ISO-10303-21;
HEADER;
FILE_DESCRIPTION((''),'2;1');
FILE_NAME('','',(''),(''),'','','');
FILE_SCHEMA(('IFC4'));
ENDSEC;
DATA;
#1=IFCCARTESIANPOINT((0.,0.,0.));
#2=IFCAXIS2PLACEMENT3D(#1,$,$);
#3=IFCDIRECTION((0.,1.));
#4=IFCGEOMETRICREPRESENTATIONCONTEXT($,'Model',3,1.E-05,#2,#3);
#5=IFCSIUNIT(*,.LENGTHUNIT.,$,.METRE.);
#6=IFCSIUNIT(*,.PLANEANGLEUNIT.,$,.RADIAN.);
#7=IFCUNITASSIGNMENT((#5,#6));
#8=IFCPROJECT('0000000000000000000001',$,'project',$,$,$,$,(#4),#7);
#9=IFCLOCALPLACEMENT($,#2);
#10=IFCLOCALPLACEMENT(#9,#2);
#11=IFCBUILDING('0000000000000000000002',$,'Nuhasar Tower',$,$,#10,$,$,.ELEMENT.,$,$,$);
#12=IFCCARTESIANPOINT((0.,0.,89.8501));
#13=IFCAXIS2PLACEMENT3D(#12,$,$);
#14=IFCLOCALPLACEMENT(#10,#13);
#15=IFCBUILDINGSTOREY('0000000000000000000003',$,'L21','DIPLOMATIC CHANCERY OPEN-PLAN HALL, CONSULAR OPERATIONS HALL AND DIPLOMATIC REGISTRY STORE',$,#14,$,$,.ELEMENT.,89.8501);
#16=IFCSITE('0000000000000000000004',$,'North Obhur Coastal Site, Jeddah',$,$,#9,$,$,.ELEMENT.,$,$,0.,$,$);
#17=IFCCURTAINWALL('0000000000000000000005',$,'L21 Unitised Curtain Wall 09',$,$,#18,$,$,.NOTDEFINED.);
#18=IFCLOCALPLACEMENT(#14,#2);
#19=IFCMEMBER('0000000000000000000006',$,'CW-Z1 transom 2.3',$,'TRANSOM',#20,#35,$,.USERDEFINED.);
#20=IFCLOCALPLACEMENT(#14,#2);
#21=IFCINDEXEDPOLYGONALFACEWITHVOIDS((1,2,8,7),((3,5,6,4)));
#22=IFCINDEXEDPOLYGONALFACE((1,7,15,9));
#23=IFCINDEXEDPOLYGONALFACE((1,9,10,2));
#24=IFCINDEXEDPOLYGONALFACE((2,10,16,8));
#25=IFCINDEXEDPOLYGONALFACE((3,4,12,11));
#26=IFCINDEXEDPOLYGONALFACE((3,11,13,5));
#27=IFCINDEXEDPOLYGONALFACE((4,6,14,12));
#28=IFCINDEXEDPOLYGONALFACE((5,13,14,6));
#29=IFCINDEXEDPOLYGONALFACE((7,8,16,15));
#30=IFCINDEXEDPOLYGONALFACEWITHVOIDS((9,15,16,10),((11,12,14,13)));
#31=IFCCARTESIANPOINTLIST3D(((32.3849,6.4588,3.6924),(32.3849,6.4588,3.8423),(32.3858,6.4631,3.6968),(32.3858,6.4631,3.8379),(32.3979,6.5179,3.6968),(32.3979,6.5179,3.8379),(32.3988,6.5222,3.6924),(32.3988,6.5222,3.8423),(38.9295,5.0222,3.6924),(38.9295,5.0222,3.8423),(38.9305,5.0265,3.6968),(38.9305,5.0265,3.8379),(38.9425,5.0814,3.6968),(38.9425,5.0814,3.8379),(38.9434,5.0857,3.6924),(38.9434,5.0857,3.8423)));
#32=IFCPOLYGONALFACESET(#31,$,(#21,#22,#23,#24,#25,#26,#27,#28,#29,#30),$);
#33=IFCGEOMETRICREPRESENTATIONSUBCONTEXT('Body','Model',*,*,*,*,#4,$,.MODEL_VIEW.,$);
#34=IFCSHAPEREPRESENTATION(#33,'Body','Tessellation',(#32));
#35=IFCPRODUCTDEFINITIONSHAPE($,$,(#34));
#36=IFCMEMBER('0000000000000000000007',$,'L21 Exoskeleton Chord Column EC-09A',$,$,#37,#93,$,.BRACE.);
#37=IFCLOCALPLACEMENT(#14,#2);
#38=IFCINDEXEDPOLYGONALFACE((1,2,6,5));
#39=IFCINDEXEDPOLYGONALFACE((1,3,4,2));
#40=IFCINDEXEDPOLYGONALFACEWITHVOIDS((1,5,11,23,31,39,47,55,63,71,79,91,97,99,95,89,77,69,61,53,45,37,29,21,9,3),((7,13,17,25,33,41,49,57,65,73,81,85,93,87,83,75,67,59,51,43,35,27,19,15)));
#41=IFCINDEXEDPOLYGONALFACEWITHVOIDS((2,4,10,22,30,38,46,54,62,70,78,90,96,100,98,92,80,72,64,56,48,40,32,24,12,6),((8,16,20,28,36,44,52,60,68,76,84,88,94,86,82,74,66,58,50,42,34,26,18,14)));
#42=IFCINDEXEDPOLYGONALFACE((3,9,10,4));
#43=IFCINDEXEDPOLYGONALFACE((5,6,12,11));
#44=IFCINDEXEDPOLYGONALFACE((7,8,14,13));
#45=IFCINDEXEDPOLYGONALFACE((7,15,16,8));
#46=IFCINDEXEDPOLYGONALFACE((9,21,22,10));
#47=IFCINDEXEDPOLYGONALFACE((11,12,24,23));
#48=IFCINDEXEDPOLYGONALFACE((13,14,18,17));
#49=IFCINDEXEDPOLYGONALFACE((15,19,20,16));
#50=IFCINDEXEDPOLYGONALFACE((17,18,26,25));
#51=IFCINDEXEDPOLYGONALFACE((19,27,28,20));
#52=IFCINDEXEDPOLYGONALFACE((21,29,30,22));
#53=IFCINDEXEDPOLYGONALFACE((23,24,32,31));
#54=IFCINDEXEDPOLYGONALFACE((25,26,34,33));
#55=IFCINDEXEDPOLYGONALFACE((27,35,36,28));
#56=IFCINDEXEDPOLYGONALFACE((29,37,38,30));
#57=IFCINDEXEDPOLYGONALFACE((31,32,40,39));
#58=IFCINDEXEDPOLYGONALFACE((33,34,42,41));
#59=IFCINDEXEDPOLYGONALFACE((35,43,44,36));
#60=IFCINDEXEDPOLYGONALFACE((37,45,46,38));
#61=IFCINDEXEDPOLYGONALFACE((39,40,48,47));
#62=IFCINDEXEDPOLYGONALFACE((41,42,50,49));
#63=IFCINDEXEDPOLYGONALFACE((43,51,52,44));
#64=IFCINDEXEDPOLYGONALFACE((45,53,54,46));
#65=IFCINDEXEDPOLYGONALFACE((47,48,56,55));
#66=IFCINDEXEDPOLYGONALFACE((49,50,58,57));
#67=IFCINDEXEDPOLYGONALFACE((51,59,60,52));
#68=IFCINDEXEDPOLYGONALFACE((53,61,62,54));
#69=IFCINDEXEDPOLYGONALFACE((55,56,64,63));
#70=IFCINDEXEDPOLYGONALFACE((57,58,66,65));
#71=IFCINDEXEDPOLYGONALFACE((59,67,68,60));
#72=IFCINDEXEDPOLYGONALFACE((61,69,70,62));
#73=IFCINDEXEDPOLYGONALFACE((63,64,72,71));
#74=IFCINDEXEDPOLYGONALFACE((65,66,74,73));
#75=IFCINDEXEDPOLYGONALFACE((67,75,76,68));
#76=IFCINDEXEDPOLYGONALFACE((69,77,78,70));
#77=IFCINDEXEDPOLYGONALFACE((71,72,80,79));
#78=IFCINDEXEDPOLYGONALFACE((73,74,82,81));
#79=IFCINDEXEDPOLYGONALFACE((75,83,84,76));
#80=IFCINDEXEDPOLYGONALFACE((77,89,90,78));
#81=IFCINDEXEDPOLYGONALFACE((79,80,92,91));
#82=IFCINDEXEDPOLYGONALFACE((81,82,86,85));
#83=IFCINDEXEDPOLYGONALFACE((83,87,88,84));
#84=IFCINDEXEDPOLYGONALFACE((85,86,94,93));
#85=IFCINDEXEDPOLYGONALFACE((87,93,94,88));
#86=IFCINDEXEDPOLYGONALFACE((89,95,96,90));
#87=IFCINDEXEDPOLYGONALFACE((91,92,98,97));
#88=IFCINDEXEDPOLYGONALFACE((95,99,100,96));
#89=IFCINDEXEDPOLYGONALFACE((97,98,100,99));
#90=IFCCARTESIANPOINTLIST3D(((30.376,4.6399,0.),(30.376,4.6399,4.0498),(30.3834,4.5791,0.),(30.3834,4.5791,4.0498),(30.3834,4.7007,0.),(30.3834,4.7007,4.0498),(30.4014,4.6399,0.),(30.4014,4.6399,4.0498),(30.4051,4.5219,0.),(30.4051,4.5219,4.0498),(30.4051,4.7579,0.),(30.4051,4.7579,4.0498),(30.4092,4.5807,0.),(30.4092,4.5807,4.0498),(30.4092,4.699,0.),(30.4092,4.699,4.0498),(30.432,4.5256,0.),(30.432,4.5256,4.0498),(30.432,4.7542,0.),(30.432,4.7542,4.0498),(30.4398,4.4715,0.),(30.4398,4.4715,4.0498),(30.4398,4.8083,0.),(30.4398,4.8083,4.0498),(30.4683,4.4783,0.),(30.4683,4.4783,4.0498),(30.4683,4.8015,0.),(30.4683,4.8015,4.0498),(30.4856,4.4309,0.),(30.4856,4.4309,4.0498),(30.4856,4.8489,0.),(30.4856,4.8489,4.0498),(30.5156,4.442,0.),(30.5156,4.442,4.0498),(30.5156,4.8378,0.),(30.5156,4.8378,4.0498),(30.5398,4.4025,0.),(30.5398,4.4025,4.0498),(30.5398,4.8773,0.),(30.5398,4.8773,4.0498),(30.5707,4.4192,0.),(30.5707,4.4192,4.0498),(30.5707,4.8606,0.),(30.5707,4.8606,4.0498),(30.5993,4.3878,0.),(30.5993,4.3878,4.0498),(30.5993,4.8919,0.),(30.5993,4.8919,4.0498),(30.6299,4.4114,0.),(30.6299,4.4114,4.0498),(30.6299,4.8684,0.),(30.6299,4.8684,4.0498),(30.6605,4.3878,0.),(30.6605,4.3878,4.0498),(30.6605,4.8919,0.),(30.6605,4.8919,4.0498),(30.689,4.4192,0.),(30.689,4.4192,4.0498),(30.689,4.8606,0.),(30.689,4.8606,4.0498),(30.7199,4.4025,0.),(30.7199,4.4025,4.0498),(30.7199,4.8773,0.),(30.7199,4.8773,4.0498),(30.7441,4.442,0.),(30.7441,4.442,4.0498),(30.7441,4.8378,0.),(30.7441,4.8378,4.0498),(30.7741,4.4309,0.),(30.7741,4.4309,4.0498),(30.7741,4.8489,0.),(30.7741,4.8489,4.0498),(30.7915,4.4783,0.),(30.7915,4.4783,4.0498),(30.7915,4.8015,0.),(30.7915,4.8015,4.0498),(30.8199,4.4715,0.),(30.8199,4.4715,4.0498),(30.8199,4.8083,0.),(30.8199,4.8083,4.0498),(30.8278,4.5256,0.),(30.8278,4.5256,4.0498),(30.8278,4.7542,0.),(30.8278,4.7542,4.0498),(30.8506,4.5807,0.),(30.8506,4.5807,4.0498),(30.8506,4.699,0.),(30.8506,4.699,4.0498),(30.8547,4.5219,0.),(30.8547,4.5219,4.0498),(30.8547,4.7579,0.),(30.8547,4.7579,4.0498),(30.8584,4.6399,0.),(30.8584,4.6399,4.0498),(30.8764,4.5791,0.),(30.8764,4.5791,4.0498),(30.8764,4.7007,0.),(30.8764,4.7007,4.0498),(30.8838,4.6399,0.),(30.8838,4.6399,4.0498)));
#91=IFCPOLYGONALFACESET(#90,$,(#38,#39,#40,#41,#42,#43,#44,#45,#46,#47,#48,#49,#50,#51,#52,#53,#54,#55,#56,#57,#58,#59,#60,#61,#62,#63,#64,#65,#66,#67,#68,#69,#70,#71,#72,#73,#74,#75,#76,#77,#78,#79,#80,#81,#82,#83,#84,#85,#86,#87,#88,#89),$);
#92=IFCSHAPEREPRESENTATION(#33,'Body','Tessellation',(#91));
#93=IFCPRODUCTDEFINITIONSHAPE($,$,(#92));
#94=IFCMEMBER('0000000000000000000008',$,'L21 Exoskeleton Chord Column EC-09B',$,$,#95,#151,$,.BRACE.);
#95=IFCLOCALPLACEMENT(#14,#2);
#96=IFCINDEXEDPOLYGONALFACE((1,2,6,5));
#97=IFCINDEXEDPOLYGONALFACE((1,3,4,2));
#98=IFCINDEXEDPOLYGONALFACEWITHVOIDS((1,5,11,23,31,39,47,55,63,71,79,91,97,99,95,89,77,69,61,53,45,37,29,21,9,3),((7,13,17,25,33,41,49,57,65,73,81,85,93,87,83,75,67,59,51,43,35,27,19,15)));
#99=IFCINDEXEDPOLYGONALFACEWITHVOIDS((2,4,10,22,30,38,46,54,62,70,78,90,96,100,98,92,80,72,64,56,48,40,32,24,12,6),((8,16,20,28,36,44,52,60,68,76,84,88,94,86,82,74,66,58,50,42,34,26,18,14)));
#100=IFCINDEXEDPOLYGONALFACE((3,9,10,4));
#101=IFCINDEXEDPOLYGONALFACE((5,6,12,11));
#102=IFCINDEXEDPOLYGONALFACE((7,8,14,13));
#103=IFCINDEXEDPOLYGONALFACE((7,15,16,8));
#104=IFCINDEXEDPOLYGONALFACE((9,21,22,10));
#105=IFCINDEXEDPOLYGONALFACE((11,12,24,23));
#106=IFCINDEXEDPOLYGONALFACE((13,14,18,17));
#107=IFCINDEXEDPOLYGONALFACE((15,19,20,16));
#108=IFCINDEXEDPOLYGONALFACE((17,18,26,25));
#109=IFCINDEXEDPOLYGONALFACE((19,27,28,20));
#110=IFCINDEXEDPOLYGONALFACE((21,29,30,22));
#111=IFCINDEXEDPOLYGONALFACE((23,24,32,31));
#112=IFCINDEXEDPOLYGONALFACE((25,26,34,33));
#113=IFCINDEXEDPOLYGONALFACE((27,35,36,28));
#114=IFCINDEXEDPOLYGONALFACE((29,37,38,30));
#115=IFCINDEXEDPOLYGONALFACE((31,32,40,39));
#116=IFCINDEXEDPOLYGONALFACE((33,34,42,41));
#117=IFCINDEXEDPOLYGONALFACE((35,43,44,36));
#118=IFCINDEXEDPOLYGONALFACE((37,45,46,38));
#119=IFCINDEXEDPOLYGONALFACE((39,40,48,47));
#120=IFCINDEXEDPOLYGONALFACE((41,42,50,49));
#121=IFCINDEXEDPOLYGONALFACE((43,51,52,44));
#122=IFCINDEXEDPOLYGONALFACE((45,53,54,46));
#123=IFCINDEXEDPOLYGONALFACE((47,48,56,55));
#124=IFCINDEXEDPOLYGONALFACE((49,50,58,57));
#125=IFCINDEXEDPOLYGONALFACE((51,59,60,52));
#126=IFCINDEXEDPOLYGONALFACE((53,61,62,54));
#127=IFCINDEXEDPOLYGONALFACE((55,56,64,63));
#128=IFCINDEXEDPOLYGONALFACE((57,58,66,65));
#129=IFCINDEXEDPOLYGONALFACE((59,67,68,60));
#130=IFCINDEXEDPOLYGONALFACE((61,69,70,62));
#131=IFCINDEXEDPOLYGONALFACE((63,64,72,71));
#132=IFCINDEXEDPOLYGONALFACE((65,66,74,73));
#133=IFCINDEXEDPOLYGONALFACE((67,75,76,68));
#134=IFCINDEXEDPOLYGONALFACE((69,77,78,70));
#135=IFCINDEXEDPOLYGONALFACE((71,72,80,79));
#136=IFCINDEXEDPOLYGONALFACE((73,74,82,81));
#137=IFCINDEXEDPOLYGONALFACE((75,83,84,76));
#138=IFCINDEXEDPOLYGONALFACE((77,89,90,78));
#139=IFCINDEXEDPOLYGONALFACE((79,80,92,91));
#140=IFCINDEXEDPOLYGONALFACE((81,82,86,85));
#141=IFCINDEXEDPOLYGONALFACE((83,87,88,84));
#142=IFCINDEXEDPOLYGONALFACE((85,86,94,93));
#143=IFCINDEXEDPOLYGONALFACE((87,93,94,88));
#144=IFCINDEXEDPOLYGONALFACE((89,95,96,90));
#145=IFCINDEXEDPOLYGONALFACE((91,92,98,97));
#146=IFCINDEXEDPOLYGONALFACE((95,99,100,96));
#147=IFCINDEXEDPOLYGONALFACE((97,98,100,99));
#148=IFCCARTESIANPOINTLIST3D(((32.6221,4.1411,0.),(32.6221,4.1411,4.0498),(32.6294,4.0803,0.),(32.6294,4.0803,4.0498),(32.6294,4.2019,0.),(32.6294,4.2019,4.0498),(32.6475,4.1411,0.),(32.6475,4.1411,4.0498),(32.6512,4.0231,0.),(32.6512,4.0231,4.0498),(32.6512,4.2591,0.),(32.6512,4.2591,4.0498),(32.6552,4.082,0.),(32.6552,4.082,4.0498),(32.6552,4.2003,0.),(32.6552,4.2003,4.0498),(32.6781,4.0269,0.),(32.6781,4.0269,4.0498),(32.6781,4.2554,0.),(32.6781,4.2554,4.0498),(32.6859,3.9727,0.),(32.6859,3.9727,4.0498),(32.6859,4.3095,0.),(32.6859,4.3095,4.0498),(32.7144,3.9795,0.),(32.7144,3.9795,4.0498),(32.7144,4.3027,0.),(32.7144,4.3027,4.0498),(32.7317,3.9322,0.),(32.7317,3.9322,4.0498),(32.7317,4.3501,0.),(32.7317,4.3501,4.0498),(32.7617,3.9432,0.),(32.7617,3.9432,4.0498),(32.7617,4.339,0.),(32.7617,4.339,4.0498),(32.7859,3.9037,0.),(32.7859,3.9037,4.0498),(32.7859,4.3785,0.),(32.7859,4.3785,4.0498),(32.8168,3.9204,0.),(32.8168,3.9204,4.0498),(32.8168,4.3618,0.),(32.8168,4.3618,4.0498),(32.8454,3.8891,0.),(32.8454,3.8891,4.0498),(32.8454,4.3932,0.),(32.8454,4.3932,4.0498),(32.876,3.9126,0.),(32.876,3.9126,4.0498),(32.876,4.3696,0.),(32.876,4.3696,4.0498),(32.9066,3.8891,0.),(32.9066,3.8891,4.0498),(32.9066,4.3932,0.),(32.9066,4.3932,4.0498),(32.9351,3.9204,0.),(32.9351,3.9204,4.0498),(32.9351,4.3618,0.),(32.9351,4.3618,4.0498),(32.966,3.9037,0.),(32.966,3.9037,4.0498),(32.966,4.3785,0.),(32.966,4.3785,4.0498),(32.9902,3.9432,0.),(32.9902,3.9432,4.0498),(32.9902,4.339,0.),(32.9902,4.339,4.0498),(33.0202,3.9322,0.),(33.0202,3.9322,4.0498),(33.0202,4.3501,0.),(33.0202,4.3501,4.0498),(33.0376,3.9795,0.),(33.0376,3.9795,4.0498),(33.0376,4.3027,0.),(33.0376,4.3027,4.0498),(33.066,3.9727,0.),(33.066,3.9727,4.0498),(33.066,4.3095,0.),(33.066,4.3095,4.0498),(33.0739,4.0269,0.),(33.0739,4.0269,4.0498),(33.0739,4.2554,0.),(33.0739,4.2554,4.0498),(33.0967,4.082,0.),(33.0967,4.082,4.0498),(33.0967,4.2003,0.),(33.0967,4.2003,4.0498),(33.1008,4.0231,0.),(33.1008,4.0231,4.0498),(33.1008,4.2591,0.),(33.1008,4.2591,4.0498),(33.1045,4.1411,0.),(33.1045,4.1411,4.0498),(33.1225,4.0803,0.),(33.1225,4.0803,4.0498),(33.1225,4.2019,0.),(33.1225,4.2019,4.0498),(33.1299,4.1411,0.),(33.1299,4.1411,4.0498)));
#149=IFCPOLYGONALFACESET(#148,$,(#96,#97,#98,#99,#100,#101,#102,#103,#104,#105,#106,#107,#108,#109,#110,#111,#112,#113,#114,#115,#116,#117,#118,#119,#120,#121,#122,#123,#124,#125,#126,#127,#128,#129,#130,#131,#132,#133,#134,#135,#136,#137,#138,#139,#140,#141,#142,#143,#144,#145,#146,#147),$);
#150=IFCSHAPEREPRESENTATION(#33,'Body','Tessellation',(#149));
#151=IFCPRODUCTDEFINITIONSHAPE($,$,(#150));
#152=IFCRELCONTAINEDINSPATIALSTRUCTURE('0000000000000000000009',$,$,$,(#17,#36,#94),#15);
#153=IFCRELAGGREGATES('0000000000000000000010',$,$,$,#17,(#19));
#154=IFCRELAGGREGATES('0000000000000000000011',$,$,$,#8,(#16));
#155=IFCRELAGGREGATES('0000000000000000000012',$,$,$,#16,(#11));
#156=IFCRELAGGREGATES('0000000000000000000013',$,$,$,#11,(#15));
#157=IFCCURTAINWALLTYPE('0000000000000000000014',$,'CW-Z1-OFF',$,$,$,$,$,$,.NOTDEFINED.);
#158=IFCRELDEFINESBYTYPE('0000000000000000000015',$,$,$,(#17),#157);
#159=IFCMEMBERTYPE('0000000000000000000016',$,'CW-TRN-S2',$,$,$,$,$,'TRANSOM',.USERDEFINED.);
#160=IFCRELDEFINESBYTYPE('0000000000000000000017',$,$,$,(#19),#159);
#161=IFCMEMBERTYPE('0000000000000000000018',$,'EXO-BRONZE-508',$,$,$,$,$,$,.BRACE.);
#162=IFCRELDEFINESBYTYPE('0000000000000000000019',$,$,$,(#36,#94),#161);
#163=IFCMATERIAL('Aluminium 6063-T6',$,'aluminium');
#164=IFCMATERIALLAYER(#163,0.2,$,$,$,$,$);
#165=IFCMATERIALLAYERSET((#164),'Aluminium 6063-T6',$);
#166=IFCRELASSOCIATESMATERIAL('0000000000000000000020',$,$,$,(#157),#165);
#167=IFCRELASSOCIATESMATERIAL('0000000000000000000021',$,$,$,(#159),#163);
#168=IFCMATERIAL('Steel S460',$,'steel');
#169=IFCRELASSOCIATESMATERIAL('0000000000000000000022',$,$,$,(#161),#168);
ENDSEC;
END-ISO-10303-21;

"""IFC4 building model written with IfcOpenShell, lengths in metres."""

from ifc_helpers import new_model, si_unit, direction, frame, origin, origin_2d, place, context, subcontext, project, spatial, hollow_rectangle, hollow_circle, extrude, material, layer, layer_set, material_profile, profile_set, type_object, element, aggregate, save


model = new_model("IFC4")

# Units and contexts
model_context = context("Model", 3, precision=1e-05, world=origin(), true_north=direction((0.0, 1.0)))
body_context = subcontext(model_context, "Body", "Model", "MODEL_VIEW")
ifc_project = project(units=[si_unit("LENGTHUNIT", "METRE"), si_unit("PLANEANGLEUNIT", "RADIAN")], contexts=[model_context])

# Site, building, storey
site_placement = place(None, origin())
site = spatial("IfcSite", under=ifc_project, at=site_placement, Name="North Obhur Coastal Site, Jeddah", CompositionType="ELEMENT", RefElevation=0.0)
building_placement = place(site_placement, origin())
building = spatial("IfcBuilding", under=site, at=building_placement, Name="Nuhasar Tower", CompositionType="ELEMENT")
storey_placement = place(building_placement, frame((0.0, 0.0, 89.8501)))
storey = spatial("IfcBuildingStorey", under=building, at=storey_placement, Name="L21", Description="DIPLOMATIC CHANCERY OPEN-PLAN HALL, CONSULAR OPERATIONS HALL AND DIPLOMATIC REGISTRY STORE", CompositionType="ELEMENT", Elevation=89.8501)

# Curtain wall, member
ifc_material_1 = material(Name="Aluminium 6063-T6", Category="aluminium")
ifc_layer_1 = layer(ifc_material_1, 0.2)
ifc_layer_set_1 = layer_set([ifc_layer_1], Name="Aluminium 6063-T6")
curtain_wall_type = type_object("IfcCurtainWallType", Name="CW-Z1-OFF", PredefinedType="NOTDEFINED", material=ifc_layer_set_1)
curtain_wall_placement = place(storey_placement, origin())
curtain_wall = element("IfcCurtainWall", 1, at=curtain_wall_placement, inside=storey, type_object=curtain_wall_type, Name="L21 Unitised Curtain Wall 09", PredefinedType="NOTDEFINED")
ifc_material_profile_1 = material_profile(ifc_material_1, hollow_rectangle(XDim=0.0649, YDim=0.1499, WallThickness=0.0044, at=origin_2d()), Name="CWT-2")
ifc_profile_set_1 = profile_set([ifc_material_profile_1], Name="Aluminium 6063-T6")
member_type_1 = type_object("IfcMemberType", Name="CW-TRN-S2", ElementType="TRANSOM", PredefinedType="USERDEFINED", material=ifc_profile_set_1)
member_1_placement = place(storey_placement, frame((32.3918, 6.4905, 3.7673), z_axis=(0.976748, -0.214391, 0.0), x_axis=(0.214391, 0.976748, 0.0)))
member_1 = element("IfcMember", 2, at=member_1_placement, type_object=member_type_1, Name="CW-Z1 transom 2.3", ObjectType="TRANSOM", PredefinedType="USERDEFINED", context=body_context, shape_type="SweptSolid", body=[
    extrude(hollow_rectangle(XDim=0.0649, YDim=0.1499, WallThickness=0.0044, at=origin_2d()), origin(), (0.0, 0.0, 1.0), 6.7004),
])

# Members
ifc_material_2 = material(Name="Steel S460", Category="steel")
ifc_material_profile_2 = material_profile(ifc_material_2, hollow_circle(Radius=0.2539, WallThickness=0.0254, at=origin_2d()), Name="HSS508X25.4")
ifc_profile_set_2 = profile_set([ifc_material_profile_2], Name="Steel S460")
member_type_2 = type_object("IfcMemberType", Name="EXO-BRONZE-508", PredefinedType="BRACE", material=ifc_profile_set_2)
for number, where, z_axis, x_axis, name in (
    (3, (30.6299, 4.6399, 0.0), (0.0, 0.0, 1.0), (1.0, 0.0, 0.0), "L21 Exoskeleton Chord Column EC-09A"),
    (4, (32.876, 4.1411, 0.0), (0.0, 0.0, 1.0), (1.0, 0.0, 0.0), "L21 Exoskeleton Chord Column EC-09B"),
):
    element("IfcMember", number, at=place(storey_placement, frame(where, z_axis=z_axis, x_axis=x_axis)), inside=storey, type_object=member_type_2, Name=name, PredefinedType="BRACE", context=body_context, shape_type="SweptSolid", body=[
        extrude(hollow_circle(Radius=0.2539, WallThickness=0.0254, at=origin_2d()), origin(), (0.0, 0.0, 1.0), 4.0498),
    ])

aggregate(curtain_wall, [member_1])

save(model, "model.ifc")
